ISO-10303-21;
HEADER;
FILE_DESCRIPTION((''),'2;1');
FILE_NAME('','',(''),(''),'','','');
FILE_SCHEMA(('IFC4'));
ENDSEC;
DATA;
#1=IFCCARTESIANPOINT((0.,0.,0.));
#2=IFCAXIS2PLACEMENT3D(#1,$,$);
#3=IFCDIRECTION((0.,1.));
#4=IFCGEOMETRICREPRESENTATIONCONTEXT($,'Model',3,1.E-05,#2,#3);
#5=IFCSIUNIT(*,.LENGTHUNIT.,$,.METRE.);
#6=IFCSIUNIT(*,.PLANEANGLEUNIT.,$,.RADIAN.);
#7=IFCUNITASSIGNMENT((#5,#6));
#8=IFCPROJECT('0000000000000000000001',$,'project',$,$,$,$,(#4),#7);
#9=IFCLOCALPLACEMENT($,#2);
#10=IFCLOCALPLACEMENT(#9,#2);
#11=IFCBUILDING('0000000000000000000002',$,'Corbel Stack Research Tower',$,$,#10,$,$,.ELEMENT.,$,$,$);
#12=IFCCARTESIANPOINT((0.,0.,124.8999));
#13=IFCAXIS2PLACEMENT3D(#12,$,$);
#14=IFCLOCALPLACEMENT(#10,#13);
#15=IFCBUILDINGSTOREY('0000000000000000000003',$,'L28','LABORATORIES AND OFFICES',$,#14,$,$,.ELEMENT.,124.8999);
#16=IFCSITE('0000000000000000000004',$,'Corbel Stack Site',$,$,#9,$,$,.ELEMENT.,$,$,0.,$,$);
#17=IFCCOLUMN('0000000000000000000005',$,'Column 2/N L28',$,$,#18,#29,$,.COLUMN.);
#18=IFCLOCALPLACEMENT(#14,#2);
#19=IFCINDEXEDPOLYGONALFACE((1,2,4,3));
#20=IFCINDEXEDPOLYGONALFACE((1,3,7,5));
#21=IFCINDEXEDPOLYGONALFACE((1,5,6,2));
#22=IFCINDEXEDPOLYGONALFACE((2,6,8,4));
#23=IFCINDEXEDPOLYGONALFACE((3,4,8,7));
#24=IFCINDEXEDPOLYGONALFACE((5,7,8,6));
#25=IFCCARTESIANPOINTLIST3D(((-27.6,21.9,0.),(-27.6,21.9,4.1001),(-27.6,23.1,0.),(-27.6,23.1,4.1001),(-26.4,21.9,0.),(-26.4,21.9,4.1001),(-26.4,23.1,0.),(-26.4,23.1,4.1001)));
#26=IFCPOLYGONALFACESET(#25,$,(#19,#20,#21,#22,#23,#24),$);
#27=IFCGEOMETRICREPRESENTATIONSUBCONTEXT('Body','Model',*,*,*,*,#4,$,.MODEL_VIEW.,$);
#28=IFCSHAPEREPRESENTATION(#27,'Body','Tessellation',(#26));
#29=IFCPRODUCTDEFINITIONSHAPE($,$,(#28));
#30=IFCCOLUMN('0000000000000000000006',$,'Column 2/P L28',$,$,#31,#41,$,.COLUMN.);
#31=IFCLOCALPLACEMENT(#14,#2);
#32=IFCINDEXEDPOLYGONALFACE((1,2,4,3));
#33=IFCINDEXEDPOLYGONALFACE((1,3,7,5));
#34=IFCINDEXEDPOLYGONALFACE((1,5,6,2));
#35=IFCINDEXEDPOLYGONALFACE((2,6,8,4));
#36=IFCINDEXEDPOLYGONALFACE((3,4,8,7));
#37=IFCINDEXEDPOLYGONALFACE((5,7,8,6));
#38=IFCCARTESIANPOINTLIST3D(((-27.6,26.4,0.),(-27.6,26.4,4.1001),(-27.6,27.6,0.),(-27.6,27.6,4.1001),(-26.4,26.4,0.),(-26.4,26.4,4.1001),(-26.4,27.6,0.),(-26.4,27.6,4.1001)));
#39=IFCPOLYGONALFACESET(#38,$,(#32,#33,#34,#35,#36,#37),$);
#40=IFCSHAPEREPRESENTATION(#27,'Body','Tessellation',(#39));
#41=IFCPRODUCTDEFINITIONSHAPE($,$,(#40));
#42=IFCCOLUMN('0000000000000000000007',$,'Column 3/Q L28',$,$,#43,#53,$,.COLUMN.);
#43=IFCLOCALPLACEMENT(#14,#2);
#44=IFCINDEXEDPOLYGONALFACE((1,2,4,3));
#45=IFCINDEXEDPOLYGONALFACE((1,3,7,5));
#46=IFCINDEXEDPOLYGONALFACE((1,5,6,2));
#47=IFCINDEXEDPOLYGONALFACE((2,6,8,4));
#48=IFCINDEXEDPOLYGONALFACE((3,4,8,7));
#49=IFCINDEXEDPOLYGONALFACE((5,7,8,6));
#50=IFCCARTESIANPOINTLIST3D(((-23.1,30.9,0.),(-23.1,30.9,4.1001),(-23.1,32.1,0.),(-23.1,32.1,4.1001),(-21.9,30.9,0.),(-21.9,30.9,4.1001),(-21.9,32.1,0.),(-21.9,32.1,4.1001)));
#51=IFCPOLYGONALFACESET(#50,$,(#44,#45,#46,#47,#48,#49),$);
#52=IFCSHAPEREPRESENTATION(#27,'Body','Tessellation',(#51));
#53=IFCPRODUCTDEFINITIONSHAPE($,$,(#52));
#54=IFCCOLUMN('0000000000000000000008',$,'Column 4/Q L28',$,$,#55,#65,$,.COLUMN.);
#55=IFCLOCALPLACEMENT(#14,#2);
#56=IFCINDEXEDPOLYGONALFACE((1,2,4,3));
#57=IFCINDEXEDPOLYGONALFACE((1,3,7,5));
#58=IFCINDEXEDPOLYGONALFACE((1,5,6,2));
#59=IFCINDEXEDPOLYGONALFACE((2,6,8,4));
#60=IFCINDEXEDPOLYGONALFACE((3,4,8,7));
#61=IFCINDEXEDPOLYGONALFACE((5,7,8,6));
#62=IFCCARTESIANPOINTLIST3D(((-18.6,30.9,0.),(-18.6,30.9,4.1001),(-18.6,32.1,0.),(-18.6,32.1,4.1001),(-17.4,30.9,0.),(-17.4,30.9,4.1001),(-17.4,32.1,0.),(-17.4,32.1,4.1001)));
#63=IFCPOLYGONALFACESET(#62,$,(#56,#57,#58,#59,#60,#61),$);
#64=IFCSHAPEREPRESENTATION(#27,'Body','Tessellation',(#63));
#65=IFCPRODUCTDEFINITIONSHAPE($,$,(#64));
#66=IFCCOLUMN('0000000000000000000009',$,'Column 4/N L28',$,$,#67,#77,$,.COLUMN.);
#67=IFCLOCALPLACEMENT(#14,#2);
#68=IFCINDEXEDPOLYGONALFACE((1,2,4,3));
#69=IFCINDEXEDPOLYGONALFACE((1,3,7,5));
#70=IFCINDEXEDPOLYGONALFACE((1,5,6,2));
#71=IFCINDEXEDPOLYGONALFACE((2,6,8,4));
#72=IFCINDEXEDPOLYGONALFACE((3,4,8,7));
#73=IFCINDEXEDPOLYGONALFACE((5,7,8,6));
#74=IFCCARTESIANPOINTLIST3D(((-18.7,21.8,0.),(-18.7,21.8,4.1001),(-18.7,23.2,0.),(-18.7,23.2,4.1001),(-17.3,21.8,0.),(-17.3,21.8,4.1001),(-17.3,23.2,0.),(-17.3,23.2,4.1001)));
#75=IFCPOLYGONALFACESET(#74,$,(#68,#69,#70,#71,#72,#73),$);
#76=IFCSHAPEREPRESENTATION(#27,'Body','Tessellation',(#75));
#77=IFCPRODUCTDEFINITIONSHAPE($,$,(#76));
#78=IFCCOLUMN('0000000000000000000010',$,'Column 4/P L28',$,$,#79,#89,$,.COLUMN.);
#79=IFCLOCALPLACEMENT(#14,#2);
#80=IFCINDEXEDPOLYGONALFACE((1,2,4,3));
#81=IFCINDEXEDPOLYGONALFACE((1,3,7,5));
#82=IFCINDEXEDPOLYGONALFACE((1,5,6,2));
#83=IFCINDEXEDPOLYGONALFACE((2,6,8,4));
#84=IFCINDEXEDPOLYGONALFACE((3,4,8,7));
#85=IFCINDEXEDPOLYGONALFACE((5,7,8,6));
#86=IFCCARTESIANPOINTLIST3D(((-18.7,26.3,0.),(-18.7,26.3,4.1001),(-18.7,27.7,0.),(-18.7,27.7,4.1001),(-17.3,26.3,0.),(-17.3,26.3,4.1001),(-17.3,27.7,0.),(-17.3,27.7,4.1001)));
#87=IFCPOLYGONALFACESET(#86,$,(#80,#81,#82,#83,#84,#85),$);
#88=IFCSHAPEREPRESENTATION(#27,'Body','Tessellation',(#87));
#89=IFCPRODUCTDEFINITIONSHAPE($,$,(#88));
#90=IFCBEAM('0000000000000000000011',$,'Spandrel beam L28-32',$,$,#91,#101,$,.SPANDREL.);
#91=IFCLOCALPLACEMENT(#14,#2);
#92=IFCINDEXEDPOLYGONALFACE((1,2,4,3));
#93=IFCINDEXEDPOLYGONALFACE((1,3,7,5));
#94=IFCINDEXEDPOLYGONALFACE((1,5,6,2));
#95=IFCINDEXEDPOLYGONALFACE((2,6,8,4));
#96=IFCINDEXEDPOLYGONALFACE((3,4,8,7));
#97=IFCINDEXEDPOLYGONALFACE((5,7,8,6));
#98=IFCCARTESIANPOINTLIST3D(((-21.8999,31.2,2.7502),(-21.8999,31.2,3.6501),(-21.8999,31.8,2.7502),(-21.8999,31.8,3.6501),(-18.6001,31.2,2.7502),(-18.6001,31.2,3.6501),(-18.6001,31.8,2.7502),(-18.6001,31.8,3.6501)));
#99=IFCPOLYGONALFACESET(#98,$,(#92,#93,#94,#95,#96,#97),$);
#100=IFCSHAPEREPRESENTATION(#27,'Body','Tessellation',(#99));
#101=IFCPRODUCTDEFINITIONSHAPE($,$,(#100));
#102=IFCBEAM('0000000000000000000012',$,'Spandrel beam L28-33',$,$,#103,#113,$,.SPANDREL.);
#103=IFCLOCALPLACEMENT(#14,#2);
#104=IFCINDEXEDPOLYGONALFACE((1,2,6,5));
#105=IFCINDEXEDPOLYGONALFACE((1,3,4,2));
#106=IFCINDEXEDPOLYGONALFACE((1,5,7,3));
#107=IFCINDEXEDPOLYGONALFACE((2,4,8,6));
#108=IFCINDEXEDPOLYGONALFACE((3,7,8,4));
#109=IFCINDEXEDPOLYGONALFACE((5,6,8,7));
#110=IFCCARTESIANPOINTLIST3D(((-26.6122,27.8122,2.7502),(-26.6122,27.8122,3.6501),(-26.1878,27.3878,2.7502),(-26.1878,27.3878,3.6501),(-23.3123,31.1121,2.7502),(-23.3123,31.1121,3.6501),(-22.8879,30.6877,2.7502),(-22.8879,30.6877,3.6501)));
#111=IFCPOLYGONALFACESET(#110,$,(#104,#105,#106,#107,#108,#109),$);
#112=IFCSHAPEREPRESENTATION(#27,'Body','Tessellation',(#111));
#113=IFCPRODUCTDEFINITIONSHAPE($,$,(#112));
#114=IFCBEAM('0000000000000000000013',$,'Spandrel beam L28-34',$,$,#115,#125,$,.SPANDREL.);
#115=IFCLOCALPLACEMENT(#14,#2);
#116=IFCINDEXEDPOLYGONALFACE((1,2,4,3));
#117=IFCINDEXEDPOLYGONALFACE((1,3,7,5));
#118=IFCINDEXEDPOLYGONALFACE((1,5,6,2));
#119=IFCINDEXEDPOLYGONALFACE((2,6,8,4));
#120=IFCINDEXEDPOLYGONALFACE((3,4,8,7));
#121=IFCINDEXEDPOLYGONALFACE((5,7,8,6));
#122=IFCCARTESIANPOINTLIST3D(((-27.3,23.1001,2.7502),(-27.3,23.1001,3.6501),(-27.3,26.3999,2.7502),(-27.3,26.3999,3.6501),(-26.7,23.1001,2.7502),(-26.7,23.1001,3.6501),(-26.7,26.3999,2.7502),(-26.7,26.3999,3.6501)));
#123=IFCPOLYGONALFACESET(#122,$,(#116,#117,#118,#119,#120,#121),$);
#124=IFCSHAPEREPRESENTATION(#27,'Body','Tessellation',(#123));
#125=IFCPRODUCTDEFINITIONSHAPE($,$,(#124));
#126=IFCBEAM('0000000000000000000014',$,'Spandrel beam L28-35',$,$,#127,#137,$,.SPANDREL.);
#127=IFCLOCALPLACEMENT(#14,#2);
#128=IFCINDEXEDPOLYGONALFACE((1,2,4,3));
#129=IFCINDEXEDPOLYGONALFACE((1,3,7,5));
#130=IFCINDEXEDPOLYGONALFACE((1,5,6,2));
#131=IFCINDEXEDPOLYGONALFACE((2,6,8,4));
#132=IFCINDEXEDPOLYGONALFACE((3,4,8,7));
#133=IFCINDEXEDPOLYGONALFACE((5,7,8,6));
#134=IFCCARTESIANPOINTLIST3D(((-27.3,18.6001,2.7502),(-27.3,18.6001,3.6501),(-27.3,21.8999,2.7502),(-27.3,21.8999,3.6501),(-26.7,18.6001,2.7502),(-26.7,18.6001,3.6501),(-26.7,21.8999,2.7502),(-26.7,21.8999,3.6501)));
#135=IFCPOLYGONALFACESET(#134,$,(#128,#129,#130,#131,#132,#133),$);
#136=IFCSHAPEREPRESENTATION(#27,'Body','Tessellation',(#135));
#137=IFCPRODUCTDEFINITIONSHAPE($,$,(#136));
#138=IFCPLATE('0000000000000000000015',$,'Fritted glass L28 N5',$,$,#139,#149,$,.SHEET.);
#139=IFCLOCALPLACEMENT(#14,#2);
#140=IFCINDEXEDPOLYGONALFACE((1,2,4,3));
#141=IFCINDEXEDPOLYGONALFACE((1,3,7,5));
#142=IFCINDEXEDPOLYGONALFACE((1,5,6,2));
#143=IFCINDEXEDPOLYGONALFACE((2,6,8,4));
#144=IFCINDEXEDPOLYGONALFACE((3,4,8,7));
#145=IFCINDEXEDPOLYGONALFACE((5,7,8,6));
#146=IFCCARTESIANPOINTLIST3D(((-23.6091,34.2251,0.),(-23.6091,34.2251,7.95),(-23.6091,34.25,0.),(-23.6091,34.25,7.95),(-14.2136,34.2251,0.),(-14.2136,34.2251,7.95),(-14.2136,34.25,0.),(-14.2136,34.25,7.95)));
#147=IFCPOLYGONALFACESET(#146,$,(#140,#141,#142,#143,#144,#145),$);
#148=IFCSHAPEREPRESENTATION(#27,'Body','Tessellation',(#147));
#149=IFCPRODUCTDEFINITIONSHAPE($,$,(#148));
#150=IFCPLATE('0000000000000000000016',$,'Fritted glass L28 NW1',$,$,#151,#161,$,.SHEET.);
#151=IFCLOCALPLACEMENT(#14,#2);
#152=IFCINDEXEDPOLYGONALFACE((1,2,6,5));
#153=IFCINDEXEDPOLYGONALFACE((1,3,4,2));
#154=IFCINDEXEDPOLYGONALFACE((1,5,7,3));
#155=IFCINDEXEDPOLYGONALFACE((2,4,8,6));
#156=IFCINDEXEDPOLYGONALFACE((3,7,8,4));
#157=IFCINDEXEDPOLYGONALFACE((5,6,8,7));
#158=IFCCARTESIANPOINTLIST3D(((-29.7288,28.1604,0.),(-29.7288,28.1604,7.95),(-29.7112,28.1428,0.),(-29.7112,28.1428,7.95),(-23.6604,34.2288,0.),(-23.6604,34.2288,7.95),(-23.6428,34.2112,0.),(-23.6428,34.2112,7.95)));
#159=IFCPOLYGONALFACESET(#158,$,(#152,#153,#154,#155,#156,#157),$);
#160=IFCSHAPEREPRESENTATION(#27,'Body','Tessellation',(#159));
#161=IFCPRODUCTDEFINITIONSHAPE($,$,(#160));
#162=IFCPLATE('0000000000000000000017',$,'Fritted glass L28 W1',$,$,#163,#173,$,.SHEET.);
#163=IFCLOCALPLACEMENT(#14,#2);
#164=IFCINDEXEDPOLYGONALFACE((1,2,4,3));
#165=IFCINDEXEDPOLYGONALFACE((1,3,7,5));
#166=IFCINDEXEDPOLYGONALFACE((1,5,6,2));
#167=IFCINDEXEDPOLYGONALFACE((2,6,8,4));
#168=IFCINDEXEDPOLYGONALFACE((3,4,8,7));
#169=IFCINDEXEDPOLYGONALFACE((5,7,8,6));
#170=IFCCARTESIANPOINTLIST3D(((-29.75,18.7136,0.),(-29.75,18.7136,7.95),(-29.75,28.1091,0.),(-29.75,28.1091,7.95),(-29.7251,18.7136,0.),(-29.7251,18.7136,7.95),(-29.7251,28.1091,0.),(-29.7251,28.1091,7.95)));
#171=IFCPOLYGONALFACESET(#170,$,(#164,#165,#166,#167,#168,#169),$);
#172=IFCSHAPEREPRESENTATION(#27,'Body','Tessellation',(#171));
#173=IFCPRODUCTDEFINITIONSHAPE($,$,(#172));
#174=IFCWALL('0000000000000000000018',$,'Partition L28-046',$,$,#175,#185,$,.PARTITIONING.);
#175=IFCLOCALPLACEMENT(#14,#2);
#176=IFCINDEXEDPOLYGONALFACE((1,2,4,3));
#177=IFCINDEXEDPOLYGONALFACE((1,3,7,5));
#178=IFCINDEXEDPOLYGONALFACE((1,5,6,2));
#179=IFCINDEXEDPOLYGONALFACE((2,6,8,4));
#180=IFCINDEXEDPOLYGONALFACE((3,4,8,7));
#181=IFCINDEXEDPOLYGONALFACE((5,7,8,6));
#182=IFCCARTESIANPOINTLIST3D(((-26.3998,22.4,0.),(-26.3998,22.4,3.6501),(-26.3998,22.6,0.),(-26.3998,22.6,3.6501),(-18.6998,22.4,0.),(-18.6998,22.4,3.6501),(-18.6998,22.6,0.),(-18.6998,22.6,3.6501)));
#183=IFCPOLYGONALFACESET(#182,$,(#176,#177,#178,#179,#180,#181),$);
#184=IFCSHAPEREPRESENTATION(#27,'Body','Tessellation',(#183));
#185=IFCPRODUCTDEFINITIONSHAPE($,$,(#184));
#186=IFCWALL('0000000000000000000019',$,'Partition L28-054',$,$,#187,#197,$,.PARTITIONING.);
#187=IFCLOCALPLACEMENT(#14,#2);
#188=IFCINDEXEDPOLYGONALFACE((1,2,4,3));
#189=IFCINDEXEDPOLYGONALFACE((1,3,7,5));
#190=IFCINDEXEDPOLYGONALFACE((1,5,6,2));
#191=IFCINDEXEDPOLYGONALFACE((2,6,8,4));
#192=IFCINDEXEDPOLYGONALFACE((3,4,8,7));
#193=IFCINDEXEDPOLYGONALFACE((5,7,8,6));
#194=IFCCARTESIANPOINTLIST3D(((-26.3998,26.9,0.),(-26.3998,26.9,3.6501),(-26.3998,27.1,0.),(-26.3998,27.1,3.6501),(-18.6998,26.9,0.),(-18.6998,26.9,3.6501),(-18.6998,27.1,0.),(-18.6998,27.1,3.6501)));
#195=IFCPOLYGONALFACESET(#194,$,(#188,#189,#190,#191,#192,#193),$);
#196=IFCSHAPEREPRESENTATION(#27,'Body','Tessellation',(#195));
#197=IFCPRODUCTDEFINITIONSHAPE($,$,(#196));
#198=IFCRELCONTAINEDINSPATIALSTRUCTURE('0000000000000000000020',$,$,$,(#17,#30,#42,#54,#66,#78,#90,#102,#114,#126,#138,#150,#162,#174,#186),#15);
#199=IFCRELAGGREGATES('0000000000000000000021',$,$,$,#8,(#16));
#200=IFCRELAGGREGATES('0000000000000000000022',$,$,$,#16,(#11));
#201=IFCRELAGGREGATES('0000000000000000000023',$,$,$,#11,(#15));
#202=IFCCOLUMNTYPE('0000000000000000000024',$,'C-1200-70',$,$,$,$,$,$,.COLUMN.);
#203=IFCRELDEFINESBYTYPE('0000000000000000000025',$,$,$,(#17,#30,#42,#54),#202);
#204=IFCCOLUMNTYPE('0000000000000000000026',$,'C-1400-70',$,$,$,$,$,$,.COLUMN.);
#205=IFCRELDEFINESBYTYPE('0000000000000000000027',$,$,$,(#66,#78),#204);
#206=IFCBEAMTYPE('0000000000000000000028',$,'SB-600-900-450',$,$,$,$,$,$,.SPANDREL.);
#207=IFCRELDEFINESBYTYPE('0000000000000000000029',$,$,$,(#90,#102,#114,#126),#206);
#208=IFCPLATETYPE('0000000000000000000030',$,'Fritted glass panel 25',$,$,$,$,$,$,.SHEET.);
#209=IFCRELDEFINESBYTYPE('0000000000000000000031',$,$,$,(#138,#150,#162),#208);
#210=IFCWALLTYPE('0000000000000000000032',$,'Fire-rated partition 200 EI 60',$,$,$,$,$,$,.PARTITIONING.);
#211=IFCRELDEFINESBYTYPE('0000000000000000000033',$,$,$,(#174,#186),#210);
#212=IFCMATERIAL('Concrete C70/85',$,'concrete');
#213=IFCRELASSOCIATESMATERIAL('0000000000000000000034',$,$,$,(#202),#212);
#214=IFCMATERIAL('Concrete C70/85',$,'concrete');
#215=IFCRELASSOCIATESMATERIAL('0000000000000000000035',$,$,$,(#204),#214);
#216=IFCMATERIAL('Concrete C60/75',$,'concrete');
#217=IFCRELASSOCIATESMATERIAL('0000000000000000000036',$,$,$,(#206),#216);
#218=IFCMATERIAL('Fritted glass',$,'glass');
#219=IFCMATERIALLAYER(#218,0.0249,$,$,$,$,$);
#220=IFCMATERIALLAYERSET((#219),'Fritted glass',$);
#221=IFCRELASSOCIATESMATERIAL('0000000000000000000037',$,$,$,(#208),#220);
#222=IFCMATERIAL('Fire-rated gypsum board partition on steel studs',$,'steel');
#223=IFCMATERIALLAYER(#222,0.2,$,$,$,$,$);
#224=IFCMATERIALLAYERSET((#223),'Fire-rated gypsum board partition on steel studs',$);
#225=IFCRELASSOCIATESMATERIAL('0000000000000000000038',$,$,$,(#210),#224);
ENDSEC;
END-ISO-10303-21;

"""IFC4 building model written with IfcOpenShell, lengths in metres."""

from ifc_helpers import new_model, si_unit, direction, frame, frame_2d, origin, origin_2d, place, context, subcontext, project, spatial, rectangle, extrude, material, layer, layer_set, material_profile, profile_set, type_object, element, save


model = new_model("IFC4")

# Units and contexts
model_context = context("Model", 3, precision=1e-05, world=origin(), true_north=direction((0.0, 1.0)))
body_context = subcontext(model_context, "Body", "Model", "MODEL_VIEW")
ifc_project = project(units=[si_unit("LENGTHUNIT", "METRE"), si_unit("PLANEANGLEUNIT", "RADIAN")], contexts=[model_context])

# Site, building, storey
site_placement = place(None, origin())
site = spatial("IfcSite", under=ifc_project, at=site_placement, Name="Corbel Stack Site", CompositionType="ELEMENT", RefElevation=0.0)
building_placement = place(site_placement, origin())
building = spatial("IfcBuilding", under=site, at=building_placement, Name="Corbel Stack Research Tower", CompositionType="ELEMENT")
storey_placement = place(building_placement, frame((0.0, 0.0, 124.8999)))
storey = spatial("IfcBuildingStorey", under=building, at=storey_placement, Name="L28", Description="LABORATORIES AND OFFICES", CompositionType="ELEMENT", Elevation=124.8999)

# Columns
ifc_material_1 = material(Name="Concrete C70/85", Category="concrete")
ifc_material_profile_1 = material_profile(ifc_material_1, rectangle(XDim=1.2, YDim=1.2, at=origin_2d()), Name="RC 1200 x 1200")
ifc_profile_set_1 = profile_set([ifc_material_profile_1], Name="Concrete C70/85")
column_type_1 = type_object("IfcColumnType", Name="C-1200-70", PredefinedType="COLUMN", material=ifc_profile_set_1)
for number, where, z_axis, x_axis, name in (
    (1, (-27.0, 22.5, 0.0), (0.0, 0.0, 1.0), (1.0, 0.0, 0.0), "Column 2/N L28"),
    (2, (-27.0, 27.0, 0.0), (0.0, 0.0, 1.0), (1.0, 0.0, 0.0), "Column 2/P L28"),
    (3, (-22.5, 31.5, 0.0), (0.0, 0.0, 1.0), (1.0, 0.0, 0.0), "Column 3/Q L28"),
    (4, (-18.0, 31.5, 0.0), (0.0, 0.0, 1.0), (1.0, 0.0, 0.0), "Column 4/Q L28"),
):
    element("IfcColumn", number, at=place(storey_placement, frame(where, z_axis=z_axis, x_axis=x_axis)), inside=storey, type_object=column_type_1, Name=name, PredefinedType="COLUMN", context=body_context, shape_type="SweptSolid", body=[
        extrude(rectangle(XDim=1.2, YDim=1.2, at=origin_2d()), origin(), (0.0, 0.0, 1.0), 4.1001),
    ])
ifc_material_2 = material(Name="Concrete C70/85", Category="concrete")
ifc_material_profile_2 = material_profile(ifc_material_2, rectangle(XDim=1.3999, YDim=1.3999, at=origin_2d()), Name="RC 1400 x 1400")
ifc_profile_set_2 = profile_set([ifc_material_profile_2], Name="Concrete C70/85")
column_type_2 = type_object("IfcColumnType", Name="C-1400-70", PredefinedType="COLUMN", material=ifc_profile_set_2)
for number, where, z_axis, x_axis, name in (
    (5, (-18.0, 22.5, 0.0), (0.0, 0.0, 1.0), (1.0, 0.0, 0.0), "Column 4/N L28"),
    (6, (-18.0, 27.0, 0.0), (0.0, 0.0, 1.0), (1.0, 0.0, 0.0), "Column 4/P L28"),
):
    element("IfcColumn", number, at=place(storey_placement, frame(where, z_axis=z_axis, x_axis=x_axis)), inside=storey, type_object=column_type_2, Name=name, PredefinedType="COLUMN", context=body_context, shape_type="SweptSolid", body=[
        extrude(rectangle(XDim=1.3999, YDim=1.3999, at=origin_2d()), origin(), (0.0, 0.0, 1.0), 4.1001),
    ])

# Beams
ifc_material_3 = material(Name="Concrete C60/75", Category="concrete")
ifc_material_profile_3 = material_profile(ifc_material_3, rectangle(XDim=0.6001, YDim=0.8999, at=origin_2d()), Name="RC 600 x 900")
ifc_profile_set_3 = profile_set([ifc_material_profile_3], Name="Concrete C60/75")
beam_type = type_object("IfcBeamType", Name="SB-600-900-450", PredefinedType="SPANDREL", material=ifc_profile_set_3)
beam_1_placement = place(storey_placement, frame((-18.6001, 31.5, 3.2002), z_axis=(-1.0, 0.0, 0.0), x_axis=(0.0, -1.0, 0.0)))
element("IfcBeam", 7, at=beam_1_placement, inside=storey, type_object=beam_type, Name="Spandrel beam L28-32", PredefinedType="SPANDREL", context=body_context, shape_type="SweptSolid", body=[
    extrude(rectangle(XDim=0.6001, YDim=0.8999, at=origin_2d()), origin(), (0.0, 0.0, 1.0), 3.2998),
])
beam_2_placement = place(storey_placement, frame((-23.1001, 30.8999, 3.2002), z_axis=(-0.707107, -0.707107, 0.0), x_axis=(0.707107, -0.707107, 0.0)))
element("IfcBeam", 8, at=beam_2_placement, inside=storey, type_object=beam_type, Name="Spandrel beam L28-33", PredefinedType="SPANDREL", context=body_context, shape_type="SweptSolid", body=[
    extrude(rectangle(XDim=0.6001, YDim=0.8999, at=origin_2d()), origin(), (0.0, 0.0, 1.0), 4.6667),
])
for number, where, z_axis, x_axis, name in (
    (9, (-27.0, 26.3999, 3.2002), (0.0, -1.0, 0.0), (1.0, 0.0, 0.0), "Spandrel beam L28-34"),
    (10, (-27.0, 21.8999, 3.2002), (0.0, -1.0, 0.0), (1.0, 0.0, 0.0), "Spandrel beam L28-35"),
):
    element("IfcBeam", number, at=place(storey_placement, frame(where, z_axis=z_axis, x_axis=x_axis)), inside=storey, type_object=beam_type, Name=name, PredefinedType="SPANDREL", context=body_context, shape_type="SweptSolid", body=[
        extrude(rectangle(XDim=0.6001, YDim=0.8999, at=origin_2d()), origin(), (0.0, 0.0, 1.0), 3.2998),
    ])

# Plates
ifc_material_4 = material(Name="Fritted glass", Category="glass")
ifc_layer_1 = layer(ifc_material_4, 0.0249)
ifc_layer_set_1 = layer_set([ifc_layer_1], Name="Fritted glass")
plate_type = type_object("IfcPlateType", Name="Fritted glass panel 25", PredefinedType="SHEET", material=ifc_layer_set_1)
plate_1_placement = place(storey_placement, frame((-18.9114, 34.2375, 0.0), z_axis=(0.0, 0.0, 1.0), x_axis=(-1.0, 0.0, 0.0)))
element("IfcPlate", 11, at=plate_1_placement, inside=storey, type_object=plate_type, Name="Fritted glass L28 N5", PredefinedType="SHEET", context=body_context, shape_type="SweptSolid", body=[
    extrude(rectangle(XDim=9.3955, YDim=0.0249, at=origin_2d()), origin(), (0.0, 0.0, 1.0), 7.95),
])
plate_2_placement = place(storey_placement, frame((-26.6858, 31.1858, 0.0), z_axis=(0.0, 0.0, 1.0), x_axis=(-0.707107, -0.707107, 0.0)))
element("IfcPlate", 12, at=plate_2_placement, inside=storey, type_object=plate_type, Name="Fritted glass L28 NW1", PredefinedType="SHEET", context=body_context, shape_type="SweptSolid", body=[
    extrude(rectangle(XDim=8.582, YDim=0.0249, at=origin_2d()), origin(), (0.0, 0.0, 1.0), 7.95),
])
plate_3_placement = place(storey_placement, frame((-29.7375, 23.4114, 0.0), z_axis=(0.0, 0.0, 1.0), x_axis=(0.0, -1.0, 0.0)))
element("IfcPlate", 13, at=plate_3_placement, inside=storey, type_object=plate_type, Name="Fritted glass L28 W1", PredefinedType="SHEET", context=body_context, shape_type="SweptSolid", body=[
    extrude(rectangle(XDim=9.3955, YDim=0.0249, at=origin_2d()), origin(), (0.0, 0.0, 1.0), 7.95),
])

# Walls
ifc_material_5 = material(Name="Fire-rated gypsum board partition on steel studs", Category="steel")
ifc_layer_2 = layer(ifc_material_5, 0.2)
ifc_layer_set_2 = layer_set([ifc_layer_2], Name="Fire-rated gypsum board partition on steel studs")
wall_type_1 = type_object("IfcWallType", Name="Fire-rated partition 200 EI 60", PredefinedType="PARTITIONING", material=ifc_layer_set_2)
for number, where, z_axis, x_axis, name in (
    (14, (-26.3999, 22.5, 0.0), (0.0, 0.0, 1.0), (1.0, 0.0, 0.0), "Partition L28-046"),
    (15, (-26.3999, 27.0, 0.0), (0.0, 0.0, 1.0), (1.0, 0.0, 0.0), "Partition L28-054"),
):
    element("IfcWall", number, at=place(storey_placement, frame(where, z_axis=z_axis, x_axis=x_axis)), inside=storey, type_object=wall_type_1, Name=name, PredefinedType="PARTITIONING", context=body_context, shape_type="SweptSolid", body=[
        extrude(rectangle(XDim=7.7, YDim=0.2, at=frame_2d((3.8501, 0.0))), origin(), (0.0, 0.0, 1.0), 3.6501),
    ])

save(model, "model.ifc")
